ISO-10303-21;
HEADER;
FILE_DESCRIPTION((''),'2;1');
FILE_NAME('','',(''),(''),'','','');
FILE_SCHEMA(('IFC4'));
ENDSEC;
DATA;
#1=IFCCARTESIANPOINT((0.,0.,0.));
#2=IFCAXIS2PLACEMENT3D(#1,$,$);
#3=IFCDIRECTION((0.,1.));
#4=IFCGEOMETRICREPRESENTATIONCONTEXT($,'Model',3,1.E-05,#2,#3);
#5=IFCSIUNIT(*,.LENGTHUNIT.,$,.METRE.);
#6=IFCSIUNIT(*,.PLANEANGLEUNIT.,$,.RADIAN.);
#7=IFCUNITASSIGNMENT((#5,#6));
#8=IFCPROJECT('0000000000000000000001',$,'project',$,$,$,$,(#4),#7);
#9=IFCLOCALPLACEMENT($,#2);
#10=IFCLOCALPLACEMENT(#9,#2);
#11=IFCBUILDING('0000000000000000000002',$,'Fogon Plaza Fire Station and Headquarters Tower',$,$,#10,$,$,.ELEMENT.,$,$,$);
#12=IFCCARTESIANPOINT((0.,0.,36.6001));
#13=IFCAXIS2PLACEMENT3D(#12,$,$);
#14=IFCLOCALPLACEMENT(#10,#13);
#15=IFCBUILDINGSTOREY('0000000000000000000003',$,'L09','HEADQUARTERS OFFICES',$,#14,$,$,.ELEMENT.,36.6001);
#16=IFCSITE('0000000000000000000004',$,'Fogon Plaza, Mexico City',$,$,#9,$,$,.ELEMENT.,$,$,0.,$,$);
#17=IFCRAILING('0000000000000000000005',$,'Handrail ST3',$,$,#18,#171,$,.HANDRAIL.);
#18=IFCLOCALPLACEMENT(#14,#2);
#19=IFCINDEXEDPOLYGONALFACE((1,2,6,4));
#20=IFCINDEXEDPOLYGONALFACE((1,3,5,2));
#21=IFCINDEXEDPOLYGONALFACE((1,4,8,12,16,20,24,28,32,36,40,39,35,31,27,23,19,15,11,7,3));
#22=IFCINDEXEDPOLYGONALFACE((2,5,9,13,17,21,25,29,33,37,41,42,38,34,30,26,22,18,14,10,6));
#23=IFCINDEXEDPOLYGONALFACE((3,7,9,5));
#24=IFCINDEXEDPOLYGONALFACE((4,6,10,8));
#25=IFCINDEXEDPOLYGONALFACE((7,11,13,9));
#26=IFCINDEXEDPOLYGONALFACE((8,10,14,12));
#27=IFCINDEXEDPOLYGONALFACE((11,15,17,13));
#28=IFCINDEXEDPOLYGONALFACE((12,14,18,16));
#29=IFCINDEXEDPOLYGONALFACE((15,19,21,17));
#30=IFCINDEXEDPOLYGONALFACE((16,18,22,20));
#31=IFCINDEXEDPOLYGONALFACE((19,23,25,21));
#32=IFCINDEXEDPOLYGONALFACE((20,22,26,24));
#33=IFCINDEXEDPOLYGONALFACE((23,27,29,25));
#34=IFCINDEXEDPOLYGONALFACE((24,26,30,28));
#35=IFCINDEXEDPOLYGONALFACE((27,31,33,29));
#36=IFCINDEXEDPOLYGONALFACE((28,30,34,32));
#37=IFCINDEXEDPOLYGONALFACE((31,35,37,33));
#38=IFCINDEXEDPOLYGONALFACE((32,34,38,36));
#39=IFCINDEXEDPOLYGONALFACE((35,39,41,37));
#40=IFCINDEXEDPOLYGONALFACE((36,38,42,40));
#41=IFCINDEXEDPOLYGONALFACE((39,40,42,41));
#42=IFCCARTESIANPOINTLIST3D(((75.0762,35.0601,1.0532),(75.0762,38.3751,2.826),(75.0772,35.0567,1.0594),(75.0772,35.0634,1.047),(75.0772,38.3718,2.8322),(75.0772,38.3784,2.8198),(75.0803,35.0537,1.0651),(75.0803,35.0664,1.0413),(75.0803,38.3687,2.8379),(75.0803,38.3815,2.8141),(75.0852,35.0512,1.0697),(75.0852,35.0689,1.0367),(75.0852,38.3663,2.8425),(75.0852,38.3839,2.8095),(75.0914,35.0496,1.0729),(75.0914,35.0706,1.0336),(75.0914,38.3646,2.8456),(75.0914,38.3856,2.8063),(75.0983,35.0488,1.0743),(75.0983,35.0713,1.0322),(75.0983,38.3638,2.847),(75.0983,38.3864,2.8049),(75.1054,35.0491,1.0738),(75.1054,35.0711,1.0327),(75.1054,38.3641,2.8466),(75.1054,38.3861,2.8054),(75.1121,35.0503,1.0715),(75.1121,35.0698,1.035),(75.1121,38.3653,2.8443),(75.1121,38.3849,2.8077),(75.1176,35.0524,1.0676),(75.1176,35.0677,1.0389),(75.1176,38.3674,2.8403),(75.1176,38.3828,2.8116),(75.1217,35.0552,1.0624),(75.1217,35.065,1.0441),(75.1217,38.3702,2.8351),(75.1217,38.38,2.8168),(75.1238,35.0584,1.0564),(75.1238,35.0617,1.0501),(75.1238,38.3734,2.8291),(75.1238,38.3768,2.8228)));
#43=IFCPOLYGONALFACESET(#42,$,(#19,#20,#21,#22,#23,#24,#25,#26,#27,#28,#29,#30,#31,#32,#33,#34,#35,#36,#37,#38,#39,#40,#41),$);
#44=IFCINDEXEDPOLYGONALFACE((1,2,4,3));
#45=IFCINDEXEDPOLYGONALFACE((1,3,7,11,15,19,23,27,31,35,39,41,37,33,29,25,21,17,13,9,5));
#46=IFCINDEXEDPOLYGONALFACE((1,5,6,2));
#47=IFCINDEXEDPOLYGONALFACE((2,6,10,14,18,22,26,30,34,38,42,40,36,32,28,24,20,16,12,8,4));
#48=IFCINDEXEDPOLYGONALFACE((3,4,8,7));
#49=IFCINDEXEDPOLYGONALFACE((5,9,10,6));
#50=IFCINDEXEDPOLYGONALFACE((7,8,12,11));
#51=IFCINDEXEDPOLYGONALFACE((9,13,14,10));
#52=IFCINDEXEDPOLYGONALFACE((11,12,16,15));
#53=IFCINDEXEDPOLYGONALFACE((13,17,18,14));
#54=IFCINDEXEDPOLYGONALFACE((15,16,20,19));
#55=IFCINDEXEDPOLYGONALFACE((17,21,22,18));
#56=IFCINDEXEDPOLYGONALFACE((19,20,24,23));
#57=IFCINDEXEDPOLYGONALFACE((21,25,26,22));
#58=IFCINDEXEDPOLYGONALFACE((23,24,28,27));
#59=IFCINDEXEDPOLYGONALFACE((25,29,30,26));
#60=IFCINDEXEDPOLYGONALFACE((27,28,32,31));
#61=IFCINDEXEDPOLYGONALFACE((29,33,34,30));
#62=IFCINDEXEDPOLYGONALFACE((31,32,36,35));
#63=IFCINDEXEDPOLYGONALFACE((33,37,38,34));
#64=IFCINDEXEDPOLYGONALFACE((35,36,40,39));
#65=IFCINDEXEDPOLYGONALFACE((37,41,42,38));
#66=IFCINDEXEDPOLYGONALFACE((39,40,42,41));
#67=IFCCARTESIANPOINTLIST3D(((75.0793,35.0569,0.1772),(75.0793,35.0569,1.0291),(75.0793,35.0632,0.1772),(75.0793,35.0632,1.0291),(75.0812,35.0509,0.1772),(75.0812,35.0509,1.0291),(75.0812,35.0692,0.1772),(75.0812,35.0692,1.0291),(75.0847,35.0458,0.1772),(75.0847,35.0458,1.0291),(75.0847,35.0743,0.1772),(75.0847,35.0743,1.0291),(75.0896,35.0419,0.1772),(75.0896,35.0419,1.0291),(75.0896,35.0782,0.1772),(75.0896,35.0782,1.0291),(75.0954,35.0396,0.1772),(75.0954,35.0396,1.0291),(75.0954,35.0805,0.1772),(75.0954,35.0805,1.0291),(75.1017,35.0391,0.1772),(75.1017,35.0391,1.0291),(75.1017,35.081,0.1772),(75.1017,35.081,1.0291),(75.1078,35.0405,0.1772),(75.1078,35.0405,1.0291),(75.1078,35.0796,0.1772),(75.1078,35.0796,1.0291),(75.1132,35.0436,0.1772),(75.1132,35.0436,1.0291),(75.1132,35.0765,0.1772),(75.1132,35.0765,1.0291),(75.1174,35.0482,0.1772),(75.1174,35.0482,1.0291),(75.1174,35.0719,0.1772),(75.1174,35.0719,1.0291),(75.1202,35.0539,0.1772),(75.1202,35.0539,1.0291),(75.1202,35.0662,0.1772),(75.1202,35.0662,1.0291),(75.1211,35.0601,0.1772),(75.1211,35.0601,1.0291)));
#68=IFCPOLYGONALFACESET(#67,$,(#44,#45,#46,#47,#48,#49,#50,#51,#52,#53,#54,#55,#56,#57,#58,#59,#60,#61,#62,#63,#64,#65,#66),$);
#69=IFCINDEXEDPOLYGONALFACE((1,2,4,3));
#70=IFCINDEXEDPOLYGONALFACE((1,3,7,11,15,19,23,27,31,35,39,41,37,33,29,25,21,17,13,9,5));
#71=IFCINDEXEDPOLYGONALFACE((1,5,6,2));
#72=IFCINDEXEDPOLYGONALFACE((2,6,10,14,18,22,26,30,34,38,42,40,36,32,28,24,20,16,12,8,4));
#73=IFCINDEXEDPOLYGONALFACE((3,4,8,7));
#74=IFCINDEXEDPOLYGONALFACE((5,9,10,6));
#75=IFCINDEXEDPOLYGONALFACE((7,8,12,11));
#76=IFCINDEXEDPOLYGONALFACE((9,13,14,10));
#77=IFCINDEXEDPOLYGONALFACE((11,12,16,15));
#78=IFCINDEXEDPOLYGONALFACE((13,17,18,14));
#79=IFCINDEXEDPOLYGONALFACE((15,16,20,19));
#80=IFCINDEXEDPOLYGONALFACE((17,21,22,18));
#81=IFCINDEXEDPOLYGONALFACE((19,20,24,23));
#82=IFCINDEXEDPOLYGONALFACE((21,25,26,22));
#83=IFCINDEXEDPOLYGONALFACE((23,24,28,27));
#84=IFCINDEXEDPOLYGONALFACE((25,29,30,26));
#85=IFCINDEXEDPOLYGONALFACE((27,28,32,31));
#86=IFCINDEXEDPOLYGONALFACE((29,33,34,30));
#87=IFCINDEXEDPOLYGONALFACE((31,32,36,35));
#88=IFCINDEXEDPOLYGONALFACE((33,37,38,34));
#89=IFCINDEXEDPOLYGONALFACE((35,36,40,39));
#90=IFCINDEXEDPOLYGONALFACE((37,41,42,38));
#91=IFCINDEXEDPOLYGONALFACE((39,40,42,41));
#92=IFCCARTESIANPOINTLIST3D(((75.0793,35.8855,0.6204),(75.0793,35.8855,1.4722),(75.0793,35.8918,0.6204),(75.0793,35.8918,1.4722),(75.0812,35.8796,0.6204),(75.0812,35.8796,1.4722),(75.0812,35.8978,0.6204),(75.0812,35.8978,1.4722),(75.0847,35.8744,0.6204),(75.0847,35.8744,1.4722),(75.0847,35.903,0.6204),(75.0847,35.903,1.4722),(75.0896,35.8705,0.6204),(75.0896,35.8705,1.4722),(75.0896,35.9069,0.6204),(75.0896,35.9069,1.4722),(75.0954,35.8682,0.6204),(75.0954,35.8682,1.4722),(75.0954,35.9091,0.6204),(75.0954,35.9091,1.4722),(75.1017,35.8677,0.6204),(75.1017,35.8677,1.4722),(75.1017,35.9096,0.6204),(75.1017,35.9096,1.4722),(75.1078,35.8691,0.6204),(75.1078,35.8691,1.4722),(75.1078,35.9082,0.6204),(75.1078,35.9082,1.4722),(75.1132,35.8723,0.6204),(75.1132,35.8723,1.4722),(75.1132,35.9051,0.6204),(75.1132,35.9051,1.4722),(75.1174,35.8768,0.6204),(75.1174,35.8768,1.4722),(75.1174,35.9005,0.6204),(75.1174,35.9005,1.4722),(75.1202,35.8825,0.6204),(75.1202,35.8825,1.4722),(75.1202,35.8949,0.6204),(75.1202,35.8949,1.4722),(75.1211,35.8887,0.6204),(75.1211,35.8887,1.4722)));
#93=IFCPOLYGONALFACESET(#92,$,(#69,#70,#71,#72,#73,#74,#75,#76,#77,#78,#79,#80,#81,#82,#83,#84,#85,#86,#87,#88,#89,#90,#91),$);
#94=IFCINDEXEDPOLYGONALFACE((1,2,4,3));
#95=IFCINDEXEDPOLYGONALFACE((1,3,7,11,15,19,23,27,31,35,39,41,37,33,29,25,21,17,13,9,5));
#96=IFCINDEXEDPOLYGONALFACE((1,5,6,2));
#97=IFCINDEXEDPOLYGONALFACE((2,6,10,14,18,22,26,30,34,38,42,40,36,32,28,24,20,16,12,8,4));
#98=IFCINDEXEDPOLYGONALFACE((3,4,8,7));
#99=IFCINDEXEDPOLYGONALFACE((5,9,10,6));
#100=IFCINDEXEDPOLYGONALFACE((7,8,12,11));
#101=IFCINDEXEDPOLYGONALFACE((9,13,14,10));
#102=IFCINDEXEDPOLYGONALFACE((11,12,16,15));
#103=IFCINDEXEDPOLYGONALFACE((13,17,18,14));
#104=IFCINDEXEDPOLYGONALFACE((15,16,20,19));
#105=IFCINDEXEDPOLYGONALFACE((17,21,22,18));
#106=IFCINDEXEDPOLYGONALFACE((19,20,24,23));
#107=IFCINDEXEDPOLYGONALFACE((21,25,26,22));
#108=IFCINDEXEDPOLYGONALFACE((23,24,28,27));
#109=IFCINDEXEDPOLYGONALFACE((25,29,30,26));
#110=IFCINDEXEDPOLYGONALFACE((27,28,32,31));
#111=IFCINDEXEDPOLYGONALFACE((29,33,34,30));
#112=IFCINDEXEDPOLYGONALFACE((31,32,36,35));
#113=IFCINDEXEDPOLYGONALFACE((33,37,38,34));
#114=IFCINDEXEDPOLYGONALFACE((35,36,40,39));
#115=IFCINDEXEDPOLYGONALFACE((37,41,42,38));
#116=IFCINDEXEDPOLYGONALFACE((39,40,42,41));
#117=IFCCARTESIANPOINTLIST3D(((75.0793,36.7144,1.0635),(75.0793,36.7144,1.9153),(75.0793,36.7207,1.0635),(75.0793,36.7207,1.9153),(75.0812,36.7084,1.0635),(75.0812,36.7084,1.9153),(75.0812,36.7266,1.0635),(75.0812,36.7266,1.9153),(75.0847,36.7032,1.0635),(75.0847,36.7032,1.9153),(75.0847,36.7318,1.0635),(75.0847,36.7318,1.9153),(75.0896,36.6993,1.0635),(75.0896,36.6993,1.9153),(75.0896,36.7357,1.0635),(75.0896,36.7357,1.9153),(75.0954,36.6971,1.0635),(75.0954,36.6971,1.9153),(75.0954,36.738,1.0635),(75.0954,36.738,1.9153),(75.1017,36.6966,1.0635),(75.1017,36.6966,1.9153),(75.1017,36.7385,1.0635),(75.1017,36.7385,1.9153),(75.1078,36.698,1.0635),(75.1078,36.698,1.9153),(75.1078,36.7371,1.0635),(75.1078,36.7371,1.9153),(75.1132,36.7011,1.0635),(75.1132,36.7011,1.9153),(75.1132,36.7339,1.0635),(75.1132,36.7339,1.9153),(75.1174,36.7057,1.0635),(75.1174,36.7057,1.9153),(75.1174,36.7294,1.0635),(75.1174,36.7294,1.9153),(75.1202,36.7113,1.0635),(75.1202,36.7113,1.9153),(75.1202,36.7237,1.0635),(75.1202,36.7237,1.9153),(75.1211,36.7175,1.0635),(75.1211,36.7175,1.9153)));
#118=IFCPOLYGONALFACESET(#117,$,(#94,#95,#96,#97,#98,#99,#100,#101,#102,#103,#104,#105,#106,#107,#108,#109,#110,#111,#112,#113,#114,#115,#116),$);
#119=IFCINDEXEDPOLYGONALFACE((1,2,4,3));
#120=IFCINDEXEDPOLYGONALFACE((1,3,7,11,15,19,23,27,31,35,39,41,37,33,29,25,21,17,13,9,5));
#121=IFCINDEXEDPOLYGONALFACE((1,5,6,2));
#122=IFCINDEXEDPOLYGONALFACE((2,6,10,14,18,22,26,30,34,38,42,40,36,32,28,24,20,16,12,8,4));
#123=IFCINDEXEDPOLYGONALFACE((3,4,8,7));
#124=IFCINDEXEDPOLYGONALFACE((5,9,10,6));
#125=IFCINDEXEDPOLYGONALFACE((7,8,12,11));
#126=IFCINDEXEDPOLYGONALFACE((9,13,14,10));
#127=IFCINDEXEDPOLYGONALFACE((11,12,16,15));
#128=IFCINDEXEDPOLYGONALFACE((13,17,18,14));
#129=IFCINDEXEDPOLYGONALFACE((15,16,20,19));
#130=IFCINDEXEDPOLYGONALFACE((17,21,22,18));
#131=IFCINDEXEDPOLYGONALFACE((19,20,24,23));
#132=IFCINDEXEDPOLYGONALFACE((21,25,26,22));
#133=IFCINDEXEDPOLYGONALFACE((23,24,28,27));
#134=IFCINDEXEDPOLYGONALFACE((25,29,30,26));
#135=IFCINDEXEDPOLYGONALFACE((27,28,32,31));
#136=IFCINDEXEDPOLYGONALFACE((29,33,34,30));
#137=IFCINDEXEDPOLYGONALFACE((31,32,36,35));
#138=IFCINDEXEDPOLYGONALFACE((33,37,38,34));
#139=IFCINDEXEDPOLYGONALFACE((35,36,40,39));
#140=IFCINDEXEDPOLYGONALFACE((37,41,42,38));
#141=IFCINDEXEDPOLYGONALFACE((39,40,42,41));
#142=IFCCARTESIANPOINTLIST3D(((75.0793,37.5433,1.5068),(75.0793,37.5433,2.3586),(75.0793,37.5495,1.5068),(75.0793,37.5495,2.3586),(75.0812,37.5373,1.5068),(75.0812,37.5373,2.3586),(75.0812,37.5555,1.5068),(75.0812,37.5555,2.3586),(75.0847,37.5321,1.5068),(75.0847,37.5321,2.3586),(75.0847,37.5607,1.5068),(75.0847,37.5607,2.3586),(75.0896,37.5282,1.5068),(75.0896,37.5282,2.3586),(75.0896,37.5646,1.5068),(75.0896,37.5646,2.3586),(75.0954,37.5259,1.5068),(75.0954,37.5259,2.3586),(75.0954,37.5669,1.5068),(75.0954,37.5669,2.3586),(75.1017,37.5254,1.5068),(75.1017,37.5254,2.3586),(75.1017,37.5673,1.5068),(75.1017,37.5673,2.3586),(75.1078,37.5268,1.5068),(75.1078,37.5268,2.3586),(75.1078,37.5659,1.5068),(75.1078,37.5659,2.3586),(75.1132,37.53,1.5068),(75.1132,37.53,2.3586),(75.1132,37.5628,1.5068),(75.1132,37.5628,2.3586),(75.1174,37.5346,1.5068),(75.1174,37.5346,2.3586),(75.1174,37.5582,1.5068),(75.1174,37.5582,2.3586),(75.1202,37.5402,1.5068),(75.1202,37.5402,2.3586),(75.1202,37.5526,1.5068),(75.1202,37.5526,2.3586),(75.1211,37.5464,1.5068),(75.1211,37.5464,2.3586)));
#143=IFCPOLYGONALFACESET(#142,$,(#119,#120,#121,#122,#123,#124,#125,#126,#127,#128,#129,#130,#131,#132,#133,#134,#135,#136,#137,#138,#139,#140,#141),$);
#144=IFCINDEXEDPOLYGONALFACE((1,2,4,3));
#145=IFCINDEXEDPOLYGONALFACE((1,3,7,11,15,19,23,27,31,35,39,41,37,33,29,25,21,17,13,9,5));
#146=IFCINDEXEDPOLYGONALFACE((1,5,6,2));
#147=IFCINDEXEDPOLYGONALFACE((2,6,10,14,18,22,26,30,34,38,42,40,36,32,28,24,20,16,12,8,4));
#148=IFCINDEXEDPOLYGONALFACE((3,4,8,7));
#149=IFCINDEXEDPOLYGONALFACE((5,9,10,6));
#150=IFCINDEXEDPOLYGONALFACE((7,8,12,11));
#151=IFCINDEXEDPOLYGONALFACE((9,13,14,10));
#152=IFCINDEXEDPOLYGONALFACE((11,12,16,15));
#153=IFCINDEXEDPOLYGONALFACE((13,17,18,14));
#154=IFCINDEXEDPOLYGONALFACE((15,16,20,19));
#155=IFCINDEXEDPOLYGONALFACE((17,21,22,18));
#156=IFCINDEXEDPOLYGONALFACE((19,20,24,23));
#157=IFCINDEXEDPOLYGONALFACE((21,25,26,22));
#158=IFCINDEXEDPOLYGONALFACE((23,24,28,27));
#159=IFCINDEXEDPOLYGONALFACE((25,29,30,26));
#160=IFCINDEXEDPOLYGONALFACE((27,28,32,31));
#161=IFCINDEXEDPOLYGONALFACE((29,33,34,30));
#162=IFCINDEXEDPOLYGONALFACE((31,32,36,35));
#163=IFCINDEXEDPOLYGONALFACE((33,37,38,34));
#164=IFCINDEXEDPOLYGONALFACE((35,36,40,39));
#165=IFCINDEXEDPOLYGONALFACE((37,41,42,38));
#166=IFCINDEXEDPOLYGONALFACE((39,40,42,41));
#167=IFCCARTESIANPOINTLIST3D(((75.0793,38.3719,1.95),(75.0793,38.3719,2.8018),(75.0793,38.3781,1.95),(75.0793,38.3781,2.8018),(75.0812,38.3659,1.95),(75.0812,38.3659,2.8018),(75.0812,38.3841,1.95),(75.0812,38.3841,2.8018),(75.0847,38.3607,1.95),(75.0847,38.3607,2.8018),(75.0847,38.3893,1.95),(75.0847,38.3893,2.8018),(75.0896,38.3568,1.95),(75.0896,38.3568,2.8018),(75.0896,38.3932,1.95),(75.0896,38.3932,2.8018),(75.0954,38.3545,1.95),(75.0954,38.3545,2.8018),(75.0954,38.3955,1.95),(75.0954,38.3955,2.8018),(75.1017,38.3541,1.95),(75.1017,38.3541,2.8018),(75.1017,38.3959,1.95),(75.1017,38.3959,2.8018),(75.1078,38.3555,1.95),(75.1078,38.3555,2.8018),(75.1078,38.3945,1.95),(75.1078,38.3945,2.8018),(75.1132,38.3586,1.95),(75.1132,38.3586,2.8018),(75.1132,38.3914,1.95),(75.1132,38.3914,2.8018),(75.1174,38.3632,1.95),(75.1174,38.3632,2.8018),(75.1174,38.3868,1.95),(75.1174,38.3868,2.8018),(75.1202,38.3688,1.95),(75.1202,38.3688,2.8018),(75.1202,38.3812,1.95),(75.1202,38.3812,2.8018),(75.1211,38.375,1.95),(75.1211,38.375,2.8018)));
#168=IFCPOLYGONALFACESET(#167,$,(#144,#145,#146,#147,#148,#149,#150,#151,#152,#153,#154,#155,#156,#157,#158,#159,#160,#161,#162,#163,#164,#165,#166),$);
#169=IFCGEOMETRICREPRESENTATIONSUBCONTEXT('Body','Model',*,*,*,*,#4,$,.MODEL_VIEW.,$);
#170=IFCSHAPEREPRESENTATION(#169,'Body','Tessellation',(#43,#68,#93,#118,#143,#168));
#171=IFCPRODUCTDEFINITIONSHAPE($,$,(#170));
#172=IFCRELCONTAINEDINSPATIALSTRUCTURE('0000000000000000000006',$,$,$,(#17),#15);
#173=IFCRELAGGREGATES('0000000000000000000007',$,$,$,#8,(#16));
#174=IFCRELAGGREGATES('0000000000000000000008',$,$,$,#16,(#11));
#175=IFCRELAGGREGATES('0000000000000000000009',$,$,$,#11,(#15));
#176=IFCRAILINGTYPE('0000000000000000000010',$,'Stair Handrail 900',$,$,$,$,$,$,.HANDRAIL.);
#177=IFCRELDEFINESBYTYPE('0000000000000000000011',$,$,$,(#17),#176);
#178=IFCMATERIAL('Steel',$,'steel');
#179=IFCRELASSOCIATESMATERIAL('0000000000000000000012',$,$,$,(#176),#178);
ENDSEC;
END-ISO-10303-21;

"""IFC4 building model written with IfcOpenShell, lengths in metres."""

from ifc_helpers import new_model, si_unit, direction, frame, origin, origin_2d, place, context, subcontext, project, spatial, circle, extrude, material, type_object, element, save


model = new_model("IFC4")

# Units and contexts
model_context = context("Model", 3, precision=1e-05, world=origin(), true_north=direction((0.0, 1.0)))
body_context = subcontext(model_context, "Body", "Model", "MODEL_VIEW")
ifc_project = project(units=[si_unit("LENGTHUNIT", "METRE"), si_unit("PLANEANGLEUNIT", "RADIAN")], contexts=[model_context])

# Site, building, storey
site_placement = place(None, origin())
site = spatial("IfcSite", under=ifc_project, at=site_placement, Name="Fogon Plaza, Mexico City", CompositionType="ELEMENT", RefElevation=0.0)
building_placement = place(site_placement, origin())
building = spatial("IfcBuilding", under=site, at=building_placement, Name="Fogon Plaza Fire Station and Headquarters Tower", CompositionType="ELEMENT")
storey_placement = place(building_placement, frame((0.0, 0.0, 36.6001)))
storey = spatial("IfcBuildingStorey", under=building, at=storey_placement, Name="L09", Description="HEADQUARTERS OFFICES", CompositionType="ELEMENT", Elevation=36.6001)

# Railing
ifc_material_1 = material(Name="Steel", Category="steel")
railing_type = type_object("IfcRailingType", Name="Stair Handrail 900", PredefinedType="HANDRAIL", material=ifc_material_1)
for number, where, name in (
    (1, (75.1001, 35.0601, 0.1772), "Handrail ST3"),
):
    element("IfcRailing", number, at=place(storey_placement, frame(where)), inside=storey, type_object=railing_type, Name=name, PredefinedType="HANDRAIL", context=body_context, shape_type="SweptSolid", body=[
        extrude(circle(Radius=0.0239, at=origin_2d()), frame((0.0, 0.0, 0.876), z_axis=(0.0, 0.881829, 0.471569), x_axis=(-1.0, 0.0, 0.0)), (0.0, 0.0, 1.0), 3.7593),
        extrude(circle(Radius=0.021, at=origin_2d()), origin(), (0.0, 0.0, 1.0), 0.8518),
        extrude(circle(Radius=0.021, at=origin_2d()), frame((0.0, 0.8286, 0.4431)), (0.0, 0.0, 1.0), 0.8518),
        extrude(circle(Radius=0.021, at=origin_2d()), frame((0.0, 1.6575, 0.8862)), (0.0, 0.0, 1.0), 0.8518),
        extrude(circle(Radius=0.021, at=origin_2d()), frame((0.0, 2.4863, 1.3296)), (0.0, 0.0, 1.0), 0.8518),
        extrude(circle(Radius=0.021, at=origin_2d()), frame((0.0, 3.3149, 1.7727)), (0.0, 0.0, 1.0), 0.8518),
    ])

save(model, "model.ifc")
